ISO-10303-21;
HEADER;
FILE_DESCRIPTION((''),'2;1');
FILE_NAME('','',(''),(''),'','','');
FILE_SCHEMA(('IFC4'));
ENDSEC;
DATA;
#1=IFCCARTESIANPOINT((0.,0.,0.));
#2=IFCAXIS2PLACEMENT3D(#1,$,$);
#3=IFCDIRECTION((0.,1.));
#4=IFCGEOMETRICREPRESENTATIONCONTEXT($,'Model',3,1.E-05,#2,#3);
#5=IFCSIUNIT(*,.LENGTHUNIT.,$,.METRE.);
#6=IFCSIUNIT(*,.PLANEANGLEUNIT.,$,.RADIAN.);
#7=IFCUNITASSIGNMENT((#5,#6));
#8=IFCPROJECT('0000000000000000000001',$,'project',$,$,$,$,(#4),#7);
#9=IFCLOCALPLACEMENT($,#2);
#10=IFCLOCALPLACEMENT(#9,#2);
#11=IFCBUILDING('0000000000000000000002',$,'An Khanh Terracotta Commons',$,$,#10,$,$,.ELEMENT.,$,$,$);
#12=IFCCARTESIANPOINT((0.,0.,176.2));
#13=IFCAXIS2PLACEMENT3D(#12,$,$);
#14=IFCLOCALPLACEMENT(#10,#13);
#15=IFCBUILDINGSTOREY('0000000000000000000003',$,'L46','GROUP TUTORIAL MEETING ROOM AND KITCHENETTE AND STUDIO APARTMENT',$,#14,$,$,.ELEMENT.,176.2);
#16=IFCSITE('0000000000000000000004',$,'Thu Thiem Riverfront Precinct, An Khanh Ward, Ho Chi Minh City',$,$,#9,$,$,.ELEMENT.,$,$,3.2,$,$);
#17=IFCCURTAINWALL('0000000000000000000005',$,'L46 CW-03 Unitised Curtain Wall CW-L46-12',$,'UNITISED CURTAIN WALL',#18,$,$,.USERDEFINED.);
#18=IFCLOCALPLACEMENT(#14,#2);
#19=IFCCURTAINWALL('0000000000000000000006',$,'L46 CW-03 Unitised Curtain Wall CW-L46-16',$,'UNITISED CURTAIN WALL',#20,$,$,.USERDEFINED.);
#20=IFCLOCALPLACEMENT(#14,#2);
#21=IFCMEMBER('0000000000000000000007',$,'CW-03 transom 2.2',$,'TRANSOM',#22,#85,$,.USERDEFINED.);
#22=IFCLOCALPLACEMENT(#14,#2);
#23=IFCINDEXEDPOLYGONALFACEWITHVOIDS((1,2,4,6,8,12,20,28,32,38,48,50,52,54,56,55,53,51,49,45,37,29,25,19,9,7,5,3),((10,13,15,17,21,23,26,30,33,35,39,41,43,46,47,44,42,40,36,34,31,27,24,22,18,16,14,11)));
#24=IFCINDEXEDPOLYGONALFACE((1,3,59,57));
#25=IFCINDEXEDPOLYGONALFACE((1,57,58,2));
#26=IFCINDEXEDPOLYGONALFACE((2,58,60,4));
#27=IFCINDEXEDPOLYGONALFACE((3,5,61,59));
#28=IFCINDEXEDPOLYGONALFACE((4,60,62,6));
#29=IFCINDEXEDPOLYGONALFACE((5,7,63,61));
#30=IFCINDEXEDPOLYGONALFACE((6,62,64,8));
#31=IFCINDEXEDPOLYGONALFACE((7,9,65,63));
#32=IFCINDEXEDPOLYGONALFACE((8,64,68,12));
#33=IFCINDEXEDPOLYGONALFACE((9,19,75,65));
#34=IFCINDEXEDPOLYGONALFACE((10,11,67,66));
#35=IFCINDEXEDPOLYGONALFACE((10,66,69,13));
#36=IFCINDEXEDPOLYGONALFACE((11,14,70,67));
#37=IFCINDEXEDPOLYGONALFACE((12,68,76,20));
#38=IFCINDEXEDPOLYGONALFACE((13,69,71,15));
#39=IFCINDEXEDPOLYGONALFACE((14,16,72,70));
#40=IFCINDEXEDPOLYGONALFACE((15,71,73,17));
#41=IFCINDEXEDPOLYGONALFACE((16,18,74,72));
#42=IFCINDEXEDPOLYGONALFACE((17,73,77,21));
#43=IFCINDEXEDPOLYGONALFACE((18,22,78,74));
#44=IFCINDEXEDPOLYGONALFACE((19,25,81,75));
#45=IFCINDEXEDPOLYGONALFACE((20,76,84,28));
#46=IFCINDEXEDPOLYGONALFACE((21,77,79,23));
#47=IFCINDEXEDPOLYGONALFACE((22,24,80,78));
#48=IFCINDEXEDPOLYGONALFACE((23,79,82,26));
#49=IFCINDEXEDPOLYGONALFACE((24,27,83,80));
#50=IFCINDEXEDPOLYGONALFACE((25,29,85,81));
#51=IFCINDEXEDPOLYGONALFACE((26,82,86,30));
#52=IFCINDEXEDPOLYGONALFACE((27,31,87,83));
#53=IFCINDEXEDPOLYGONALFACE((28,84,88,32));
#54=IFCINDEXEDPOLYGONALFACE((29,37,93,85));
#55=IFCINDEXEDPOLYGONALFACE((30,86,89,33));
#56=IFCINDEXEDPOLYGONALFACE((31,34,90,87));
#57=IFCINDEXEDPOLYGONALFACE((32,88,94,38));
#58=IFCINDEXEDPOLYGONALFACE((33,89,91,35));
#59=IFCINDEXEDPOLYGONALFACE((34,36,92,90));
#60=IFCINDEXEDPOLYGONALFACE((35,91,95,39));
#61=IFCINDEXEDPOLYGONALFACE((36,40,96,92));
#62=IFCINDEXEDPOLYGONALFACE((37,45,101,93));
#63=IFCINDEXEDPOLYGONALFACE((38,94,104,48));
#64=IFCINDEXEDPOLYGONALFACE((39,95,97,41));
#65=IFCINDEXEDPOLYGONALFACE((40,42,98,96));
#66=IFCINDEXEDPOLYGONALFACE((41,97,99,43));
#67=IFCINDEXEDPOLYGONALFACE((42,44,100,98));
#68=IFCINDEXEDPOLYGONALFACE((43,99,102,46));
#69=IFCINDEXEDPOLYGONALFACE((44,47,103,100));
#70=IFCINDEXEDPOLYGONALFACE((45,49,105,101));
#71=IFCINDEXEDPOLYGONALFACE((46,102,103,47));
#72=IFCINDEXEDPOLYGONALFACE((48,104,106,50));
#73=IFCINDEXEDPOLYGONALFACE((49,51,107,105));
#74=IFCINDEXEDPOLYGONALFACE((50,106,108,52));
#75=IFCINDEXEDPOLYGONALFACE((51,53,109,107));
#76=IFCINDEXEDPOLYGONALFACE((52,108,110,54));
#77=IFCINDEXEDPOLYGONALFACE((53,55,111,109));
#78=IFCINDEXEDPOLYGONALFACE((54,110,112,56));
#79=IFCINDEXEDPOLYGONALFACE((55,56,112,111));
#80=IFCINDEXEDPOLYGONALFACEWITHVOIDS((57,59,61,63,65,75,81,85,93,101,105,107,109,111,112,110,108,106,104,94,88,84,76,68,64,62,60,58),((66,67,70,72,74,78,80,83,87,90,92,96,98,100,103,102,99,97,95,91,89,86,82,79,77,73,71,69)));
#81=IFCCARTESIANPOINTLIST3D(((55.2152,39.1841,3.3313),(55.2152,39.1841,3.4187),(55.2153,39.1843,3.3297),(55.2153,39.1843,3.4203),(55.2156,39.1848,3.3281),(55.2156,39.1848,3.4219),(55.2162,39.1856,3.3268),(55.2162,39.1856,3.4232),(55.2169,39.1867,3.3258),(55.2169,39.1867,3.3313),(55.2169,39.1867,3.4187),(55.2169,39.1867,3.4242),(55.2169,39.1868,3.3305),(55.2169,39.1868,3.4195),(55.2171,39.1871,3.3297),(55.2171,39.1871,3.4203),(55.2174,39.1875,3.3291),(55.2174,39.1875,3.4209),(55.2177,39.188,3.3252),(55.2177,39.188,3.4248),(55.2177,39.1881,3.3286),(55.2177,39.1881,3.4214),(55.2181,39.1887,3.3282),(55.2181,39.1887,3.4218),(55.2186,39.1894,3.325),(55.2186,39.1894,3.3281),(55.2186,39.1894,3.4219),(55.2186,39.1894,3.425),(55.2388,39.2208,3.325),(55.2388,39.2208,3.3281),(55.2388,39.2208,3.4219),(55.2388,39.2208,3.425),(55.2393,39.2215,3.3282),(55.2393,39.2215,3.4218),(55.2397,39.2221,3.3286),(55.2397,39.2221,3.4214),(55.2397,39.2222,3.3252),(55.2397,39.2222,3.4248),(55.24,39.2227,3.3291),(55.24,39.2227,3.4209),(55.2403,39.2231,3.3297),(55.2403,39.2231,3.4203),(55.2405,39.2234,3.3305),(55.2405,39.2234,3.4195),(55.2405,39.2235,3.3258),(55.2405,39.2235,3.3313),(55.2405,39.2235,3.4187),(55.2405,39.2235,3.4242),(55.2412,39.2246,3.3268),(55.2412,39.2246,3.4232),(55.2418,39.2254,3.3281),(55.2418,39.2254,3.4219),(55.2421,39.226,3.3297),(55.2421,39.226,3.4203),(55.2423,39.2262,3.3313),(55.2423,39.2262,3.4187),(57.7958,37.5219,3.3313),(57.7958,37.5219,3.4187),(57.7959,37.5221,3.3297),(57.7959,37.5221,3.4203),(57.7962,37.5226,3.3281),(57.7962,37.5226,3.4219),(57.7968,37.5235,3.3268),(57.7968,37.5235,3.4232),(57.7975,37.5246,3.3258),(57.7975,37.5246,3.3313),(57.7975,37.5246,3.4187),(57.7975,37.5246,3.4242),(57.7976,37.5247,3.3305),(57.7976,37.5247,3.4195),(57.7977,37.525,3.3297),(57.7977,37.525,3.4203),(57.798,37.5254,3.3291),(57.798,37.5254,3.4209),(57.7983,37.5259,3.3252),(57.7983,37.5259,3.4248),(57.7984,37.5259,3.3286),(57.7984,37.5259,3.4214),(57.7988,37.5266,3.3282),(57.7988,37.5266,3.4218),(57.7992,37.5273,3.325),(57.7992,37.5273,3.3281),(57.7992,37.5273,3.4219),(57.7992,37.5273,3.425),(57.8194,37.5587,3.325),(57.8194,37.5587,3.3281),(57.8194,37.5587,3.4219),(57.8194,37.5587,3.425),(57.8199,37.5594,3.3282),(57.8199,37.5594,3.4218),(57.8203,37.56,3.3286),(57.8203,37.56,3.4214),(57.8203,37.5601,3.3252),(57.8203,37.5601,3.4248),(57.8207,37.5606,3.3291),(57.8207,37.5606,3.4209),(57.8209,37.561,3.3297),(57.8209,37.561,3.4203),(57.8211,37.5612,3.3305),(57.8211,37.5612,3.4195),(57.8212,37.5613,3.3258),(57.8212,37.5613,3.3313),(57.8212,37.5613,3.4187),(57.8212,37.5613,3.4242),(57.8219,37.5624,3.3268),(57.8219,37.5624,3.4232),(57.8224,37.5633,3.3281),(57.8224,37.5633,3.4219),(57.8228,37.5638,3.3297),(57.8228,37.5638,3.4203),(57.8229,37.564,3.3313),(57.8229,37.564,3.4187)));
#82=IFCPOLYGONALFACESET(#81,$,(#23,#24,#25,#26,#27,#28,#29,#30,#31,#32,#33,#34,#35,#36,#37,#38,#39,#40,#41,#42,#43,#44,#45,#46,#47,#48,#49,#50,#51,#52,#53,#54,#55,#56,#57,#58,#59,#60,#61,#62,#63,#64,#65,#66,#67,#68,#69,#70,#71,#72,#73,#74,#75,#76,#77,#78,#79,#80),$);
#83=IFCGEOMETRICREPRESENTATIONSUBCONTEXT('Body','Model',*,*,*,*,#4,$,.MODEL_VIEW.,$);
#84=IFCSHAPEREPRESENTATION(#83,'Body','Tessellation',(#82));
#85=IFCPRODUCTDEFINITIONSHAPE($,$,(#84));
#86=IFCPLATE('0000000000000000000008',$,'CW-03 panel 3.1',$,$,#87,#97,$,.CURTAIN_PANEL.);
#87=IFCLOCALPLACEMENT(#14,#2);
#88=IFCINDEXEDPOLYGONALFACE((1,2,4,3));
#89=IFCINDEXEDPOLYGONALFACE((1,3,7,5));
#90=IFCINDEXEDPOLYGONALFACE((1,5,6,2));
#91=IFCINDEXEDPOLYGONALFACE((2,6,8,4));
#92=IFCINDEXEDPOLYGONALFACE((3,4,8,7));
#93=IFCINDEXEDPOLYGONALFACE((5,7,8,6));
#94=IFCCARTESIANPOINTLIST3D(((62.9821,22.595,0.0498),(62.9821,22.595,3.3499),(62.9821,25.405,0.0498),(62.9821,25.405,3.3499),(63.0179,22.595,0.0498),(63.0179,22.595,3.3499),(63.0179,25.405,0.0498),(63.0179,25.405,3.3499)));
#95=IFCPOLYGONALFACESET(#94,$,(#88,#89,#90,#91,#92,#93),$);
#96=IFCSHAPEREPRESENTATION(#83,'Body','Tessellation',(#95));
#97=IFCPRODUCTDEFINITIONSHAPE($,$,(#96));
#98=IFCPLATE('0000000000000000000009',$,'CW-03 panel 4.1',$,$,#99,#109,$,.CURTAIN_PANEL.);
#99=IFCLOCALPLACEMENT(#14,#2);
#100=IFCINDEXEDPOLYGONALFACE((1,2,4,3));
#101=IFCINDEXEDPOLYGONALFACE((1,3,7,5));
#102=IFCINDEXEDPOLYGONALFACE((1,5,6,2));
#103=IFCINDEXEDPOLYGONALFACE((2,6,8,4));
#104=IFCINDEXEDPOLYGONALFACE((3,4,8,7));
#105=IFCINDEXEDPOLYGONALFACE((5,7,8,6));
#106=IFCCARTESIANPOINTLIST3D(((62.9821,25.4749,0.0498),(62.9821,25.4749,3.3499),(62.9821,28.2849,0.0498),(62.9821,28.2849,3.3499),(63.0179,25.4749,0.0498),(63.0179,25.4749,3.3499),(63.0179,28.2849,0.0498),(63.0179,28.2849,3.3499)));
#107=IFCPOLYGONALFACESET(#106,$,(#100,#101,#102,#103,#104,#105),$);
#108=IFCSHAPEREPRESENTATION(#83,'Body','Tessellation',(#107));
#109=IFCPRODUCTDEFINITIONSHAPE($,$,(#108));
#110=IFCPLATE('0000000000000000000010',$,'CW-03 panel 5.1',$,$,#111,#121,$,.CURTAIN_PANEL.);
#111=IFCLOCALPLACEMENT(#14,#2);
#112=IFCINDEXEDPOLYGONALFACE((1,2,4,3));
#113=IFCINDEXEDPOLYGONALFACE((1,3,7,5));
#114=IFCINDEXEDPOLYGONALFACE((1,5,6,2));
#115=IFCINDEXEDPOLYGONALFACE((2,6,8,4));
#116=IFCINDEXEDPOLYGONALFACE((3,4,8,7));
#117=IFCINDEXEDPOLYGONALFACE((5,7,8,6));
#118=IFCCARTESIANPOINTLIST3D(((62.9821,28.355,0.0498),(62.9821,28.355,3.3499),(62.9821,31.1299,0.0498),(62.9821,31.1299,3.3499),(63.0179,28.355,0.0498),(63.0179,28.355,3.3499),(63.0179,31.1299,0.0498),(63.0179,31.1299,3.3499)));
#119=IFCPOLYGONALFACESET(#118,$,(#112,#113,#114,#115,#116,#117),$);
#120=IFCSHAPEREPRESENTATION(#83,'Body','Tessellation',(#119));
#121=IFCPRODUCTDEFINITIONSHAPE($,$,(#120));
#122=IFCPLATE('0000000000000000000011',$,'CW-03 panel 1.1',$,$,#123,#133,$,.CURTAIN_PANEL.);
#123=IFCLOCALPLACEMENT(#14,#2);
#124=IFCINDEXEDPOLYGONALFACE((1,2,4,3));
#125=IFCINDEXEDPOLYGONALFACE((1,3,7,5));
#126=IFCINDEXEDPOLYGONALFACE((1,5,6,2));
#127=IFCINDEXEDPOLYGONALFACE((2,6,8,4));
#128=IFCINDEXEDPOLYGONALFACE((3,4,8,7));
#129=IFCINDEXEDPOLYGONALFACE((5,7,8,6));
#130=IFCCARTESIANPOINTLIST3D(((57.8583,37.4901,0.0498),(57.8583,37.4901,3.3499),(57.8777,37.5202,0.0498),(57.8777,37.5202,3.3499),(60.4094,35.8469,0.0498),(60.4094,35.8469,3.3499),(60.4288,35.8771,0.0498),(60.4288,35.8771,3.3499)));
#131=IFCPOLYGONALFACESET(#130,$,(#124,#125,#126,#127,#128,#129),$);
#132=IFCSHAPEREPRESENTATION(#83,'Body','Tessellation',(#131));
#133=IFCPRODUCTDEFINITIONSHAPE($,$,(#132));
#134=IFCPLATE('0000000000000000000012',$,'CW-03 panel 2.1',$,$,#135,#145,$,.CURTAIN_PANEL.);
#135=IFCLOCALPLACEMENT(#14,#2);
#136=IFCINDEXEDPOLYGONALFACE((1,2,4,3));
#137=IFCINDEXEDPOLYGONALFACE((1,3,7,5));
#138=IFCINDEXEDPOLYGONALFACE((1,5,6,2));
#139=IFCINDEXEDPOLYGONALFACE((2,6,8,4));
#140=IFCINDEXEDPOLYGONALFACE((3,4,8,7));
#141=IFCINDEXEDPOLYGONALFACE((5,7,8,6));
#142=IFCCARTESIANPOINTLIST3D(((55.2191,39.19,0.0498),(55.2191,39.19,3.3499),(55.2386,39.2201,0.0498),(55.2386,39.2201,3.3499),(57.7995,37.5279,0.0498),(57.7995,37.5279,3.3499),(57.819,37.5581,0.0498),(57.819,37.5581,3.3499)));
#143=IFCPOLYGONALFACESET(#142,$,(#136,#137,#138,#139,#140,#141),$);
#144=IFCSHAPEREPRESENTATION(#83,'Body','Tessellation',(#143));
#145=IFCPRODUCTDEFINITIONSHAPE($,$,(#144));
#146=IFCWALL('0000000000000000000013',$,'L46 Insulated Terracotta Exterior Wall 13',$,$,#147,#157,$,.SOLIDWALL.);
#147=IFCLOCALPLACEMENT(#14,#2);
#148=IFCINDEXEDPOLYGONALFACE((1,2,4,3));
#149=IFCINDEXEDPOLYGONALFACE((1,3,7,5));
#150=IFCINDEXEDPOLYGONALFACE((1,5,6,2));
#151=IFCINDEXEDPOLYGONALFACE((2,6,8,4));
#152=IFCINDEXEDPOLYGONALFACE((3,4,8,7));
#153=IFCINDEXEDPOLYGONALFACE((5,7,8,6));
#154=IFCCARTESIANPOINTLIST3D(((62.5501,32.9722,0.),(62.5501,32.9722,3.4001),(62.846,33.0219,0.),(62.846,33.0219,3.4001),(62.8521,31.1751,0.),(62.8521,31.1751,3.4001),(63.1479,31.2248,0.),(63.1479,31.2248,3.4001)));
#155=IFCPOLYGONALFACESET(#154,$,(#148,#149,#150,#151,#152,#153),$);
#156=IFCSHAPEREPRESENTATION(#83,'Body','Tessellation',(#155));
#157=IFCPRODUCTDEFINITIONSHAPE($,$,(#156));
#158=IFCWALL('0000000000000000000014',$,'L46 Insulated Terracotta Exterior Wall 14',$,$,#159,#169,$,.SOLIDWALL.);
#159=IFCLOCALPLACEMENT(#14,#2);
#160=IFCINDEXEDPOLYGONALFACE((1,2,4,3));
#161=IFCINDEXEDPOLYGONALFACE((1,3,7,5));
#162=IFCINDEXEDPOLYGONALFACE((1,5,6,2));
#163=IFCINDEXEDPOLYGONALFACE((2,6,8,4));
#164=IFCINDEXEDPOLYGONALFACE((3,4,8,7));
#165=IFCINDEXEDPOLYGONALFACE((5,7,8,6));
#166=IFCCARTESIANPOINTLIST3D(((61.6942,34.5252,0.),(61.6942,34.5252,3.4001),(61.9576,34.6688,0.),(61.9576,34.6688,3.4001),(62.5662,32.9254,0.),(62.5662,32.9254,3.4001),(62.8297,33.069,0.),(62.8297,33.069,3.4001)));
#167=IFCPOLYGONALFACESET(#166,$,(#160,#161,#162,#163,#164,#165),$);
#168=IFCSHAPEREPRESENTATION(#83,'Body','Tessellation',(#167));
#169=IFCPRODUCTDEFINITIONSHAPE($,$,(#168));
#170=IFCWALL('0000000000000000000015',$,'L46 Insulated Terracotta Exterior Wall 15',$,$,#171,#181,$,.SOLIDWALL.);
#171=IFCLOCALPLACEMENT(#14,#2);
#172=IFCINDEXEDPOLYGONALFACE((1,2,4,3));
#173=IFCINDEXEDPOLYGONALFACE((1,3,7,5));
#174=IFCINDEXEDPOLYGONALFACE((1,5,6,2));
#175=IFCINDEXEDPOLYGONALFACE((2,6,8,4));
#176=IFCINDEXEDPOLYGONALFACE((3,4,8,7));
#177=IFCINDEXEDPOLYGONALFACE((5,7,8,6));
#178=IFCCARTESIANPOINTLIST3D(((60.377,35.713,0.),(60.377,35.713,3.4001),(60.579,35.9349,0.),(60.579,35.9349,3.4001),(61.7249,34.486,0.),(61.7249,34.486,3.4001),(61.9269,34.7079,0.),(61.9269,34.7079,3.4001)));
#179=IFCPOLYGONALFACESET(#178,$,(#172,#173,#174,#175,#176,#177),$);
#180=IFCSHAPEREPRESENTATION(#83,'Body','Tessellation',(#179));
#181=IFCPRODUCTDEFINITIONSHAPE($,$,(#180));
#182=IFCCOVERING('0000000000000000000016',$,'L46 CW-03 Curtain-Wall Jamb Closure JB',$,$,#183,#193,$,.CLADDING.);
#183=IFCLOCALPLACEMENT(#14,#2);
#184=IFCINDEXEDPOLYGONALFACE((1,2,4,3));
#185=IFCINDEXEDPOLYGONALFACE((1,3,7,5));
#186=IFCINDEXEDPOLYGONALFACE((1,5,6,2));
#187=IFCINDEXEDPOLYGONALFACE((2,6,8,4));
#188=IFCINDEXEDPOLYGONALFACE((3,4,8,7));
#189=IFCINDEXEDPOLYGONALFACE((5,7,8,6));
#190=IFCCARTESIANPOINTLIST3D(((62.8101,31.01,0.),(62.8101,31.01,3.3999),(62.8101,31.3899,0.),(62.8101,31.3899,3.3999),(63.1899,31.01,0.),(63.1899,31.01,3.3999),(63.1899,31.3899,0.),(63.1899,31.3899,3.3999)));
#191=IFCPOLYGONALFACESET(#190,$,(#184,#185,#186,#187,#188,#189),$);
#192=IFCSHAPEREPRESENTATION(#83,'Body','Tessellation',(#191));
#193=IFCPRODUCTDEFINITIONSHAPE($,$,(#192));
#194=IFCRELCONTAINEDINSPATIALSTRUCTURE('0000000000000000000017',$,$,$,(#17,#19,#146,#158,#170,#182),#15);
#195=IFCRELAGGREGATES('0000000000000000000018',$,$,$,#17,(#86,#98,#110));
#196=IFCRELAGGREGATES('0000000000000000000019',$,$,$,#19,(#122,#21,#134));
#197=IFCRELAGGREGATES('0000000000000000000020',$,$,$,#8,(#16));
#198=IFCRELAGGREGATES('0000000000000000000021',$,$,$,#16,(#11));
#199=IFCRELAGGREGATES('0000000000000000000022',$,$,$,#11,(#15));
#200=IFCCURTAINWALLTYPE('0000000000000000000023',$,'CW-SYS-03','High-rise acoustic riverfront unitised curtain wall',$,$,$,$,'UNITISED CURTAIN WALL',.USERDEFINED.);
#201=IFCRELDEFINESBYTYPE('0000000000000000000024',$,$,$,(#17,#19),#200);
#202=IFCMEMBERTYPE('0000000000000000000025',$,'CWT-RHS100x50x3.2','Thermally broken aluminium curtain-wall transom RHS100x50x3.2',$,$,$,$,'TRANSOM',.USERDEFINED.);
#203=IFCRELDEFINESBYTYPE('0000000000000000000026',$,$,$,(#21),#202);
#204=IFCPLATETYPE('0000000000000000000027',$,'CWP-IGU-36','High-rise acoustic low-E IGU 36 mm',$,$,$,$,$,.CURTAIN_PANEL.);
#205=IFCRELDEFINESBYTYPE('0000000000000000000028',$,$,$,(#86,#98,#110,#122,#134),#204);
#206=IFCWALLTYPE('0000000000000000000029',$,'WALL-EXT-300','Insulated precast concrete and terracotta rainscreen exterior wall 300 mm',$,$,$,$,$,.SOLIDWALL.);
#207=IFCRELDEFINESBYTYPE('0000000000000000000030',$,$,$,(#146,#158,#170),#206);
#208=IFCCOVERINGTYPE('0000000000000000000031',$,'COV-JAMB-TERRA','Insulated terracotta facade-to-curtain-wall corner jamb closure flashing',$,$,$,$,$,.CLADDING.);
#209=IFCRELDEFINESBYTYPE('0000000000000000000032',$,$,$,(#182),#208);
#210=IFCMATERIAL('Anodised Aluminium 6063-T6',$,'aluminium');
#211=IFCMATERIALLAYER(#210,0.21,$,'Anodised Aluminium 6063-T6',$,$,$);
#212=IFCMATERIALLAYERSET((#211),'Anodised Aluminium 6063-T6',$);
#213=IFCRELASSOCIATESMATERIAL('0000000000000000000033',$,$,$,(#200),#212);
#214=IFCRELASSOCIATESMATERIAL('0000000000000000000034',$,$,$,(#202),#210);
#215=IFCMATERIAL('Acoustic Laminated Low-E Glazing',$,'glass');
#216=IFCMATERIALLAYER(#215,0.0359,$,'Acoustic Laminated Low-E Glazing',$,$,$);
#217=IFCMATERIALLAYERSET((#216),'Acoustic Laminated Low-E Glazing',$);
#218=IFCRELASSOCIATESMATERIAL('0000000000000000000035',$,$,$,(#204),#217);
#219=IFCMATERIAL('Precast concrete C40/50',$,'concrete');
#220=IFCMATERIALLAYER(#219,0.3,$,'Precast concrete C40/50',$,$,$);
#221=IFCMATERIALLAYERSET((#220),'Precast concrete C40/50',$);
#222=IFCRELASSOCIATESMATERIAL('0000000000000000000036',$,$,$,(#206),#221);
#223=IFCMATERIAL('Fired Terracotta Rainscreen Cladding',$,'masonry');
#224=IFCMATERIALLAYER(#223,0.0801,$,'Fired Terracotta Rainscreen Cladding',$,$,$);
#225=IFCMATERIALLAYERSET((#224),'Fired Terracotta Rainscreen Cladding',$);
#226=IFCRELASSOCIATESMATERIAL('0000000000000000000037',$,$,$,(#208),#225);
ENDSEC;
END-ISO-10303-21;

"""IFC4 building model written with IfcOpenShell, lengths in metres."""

from ifc_helpers import new_model, si_unit, direction, frame, frame_2d, origin, origin_2d, place, context, subcontext, project, spatial, rectangle, hollow_rectangle, extrude, material, layer, layer_set, material_profile, profile_set, type_object, element, aggregate, save


model = new_model("IFC4")

# Units and contexts
model_context = context("Model", 3, precision=1e-05, world=origin(), true_north=direction((0.0, 1.0)))
body_context = subcontext(model_context, "Body", "Model", "MODEL_VIEW")
ifc_project = project(units=[si_unit("LENGTHUNIT", "METRE"), si_unit("PLANEANGLEUNIT", "RADIAN")], contexts=[model_context])

# Site, building, storey
site_placement = place(None, origin())
site = spatial("IfcSite", under=ifc_project, at=site_placement, Name="Thu Thiem Riverfront Precinct, An Khanh Ward, Ho Chi Minh City", CompositionType="ELEMENT", RefElevation=3.2)
building_placement = place(site_placement, origin())
building = spatial("IfcBuilding", under=site, at=building_placement, Name="An Khanh Terracotta Commons", CompositionType="ELEMENT")
storey_placement = place(building_placement, frame((0.0, 0.0, 176.2)))
storey = spatial("IfcBuildingStorey", under=building, at=storey_placement, Name="L46", Description="GROUP TUTORIAL MEETING ROOM AND KITCHENETTE AND STUDIO APARTMENT", CompositionType="ELEMENT", Elevation=176.2)

# Curtain walls
ifc_material_1 = material(Name="Anodised Aluminium 6063-T6", Category="aluminium")
ifc_layer_1 = layer(ifc_material_1, 0.21, Name="Anodised Aluminium 6063-T6")
ifc_layer_set_1 = layer_set([ifc_layer_1], Name="Anodised Aluminium 6063-T6")
curtain_wall_type = type_object("IfcCurtainWallType", Name="CW-SYS-03", Description="High-rise acoustic riverfront unitised curtain wall", ElementType="UNITISED CURTAIN WALL", PredefinedType="USERDEFINED", material=ifc_layer_set_1)
curtain_wall_1_placement = place(storey_placement, origin())
curtain_wall_1 = element("IfcCurtainWall", 1, at=curtain_wall_1_placement, inside=storey, type_object=curtain_wall_type, Name="L46 CW-03 Unitised Curtain Wall CW-L46-12", ObjectType="UNITISED CURTAIN WALL", PredefinedType="USERDEFINED")
curtain_wall_2_placement = place(storey_placement, origin())
curtain_wall_2 = element("IfcCurtainWall", 2, at=curtain_wall_2_placement, inside=storey, type_object=curtain_wall_type, Name="L46 CW-03 Unitised Curtain Wall CW-L46-16", ObjectType="UNITISED CURTAIN WALL", PredefinedType="USERDEFINED")

# Member
ifc_material_profile_1 = material_profile(ifc_material_1, hollow_rectangle(XDim=0.05, YDim=0.1001, WallThickness=0.0032, InnerFilletRadius=0.0032, OuterFilletRadius=0.0063, at=origin_2d()), Name="RHS100x50x3.2")
ifc_profile_set_1 = profile_set([ifc_material_profile_1], Name="Anodised Aluminium 6063-T6")
member_type_1 = type_object("IfcMemberType", Name="CWT-RHS100x50x3.2", Description="Thermally broken aluminium curtain-wall transom RHS100x50x3.2", ElementType="TRANSOM", PredefinedType="USERDEFINED", material=ifc_profile_set_1)
member_1_placement = place(storey_placement, frame((57.8093, 37.543, 3.375), z_axis=(-0.840708, 0.541489, 0.0), x_axis=(-0.541489, -0.840708, 0.0)))
member_1 = element("IfcMember", 3, at=member_1_placement, type_object=member_type_1, Name="CW-03 transom 2.2", ObjectType="TRANSOM", PredefinedType="USERDEFINED", context=body_context, shape_type="SweptSolid", body=[
    extrude(hollow_rectangle(XDim=0.05, YDim=0.1001, WallThickness=0.0032, InnerFilletRadius=0.0032, OuterFilletRadius=0.0063, at=origin_2d()), origin(), (0.0, 0.0, 1.0), 3.0696),
])

# Plates
ifc_material_2 = material(Name="Acoustic Laminated Low-E Glazing", Category="glass")
ifc_layer_2 = layer(ifc_material_2, 0.0359, Name="Acoustic Laminated Low-E Glazing")
ifc_layer_set_2 = layer_set([ifc_layer_2], Name="Acoustic Laminated Low-E Glazing")
plate_type = type_object("IfcPlateType", Name="CWP-IGU-36", Description="High-rise acoustic low-E IGU 36 mm", PredefinedType="CURTAIN_PANEL", material=ifc_layer_set_2)
plate_1_placement = place(storey_placement, frame((63.0, 24.0, 0.0498), z_axis=(0.0, 0.0, 1.0), x_axis=(0.0, 1.0, 0.0)))
plate_1 = element("IfcPlate", 4, at=plate_1_placement, type_object=plate_type, Name="CW-03 panel 3.1", PredefinedType="CURTAIN_PANEL", context=body_context, shape_type="SweptSolid", body=[
    extrude(rectangle(XDim=2.8101, YDim=0.0359, at=origin_2d()), origin(), (0.0, 0.0, 1.0), 3.3),
])
plate_2_placement = place(storey_placement, frame((63.0, 26.8799, 0.0498), z_axis=(0.0, 0.0, 1.0), x_axis=(0.0, 1.0, 0.0)))
plate_2 = element("IfcPlate", 5, at=plate_2_placement, type_object=plate_type, Name="CW-03 panel 4.1", PredefinedType="CURTAIN_PANEL", context=body_context, shape_type="SweptSolid", body=[
    extrude(rectangle(XDim=2.8101, YDim=0.0359, at=origin_2d()), origin(), (0.0, 0.0, 1.0), 3.3),
])
plate_3_placement = place(storey_placement, frame((63.0, 29.7424, 0.0498), z_axis=(0.0, 0.0, 1.0), x_axis=(0.0, 1.0, 0.0)))
plate_3 = element("IfcPlate", 6, at=plate_3_placement, type_object=plate_type, Name="CW-03 panel 5.1", PredefinedType="CURTAIN_PANEL", context=body_context, shape_type="SweptSolid", body=[
    extrude(rectangle(XDim=2.7749, YDim=0.0359, at=origin_2d()), origin(), (0.0, 0.0, 1.0), 3.3),
])
aggregate(curtain_wall_1, [plate_1, plate_2, plate_3])
plate_4_placement = place(storey_placement, frame((59.1436, 36.6836, 0.0498), z_axis=(0.0, 0.0, 1.0), x_axis=(-0.840702, 0.541498, 0.0)))
plate_4 = element("IfcPlate", 7, at=plate_4_placement, type_object=plate_type, Name="CW-03 panel 1.1", PredefinedType="CURTAIN_PANEL", context=body_context, shape_type="SweptSolid", body=[
    extrude(rectangle(XDim=3.0344, YDim=0.0359, at=origin_2d()), origin(), (0.0, 0.0, 1.0), 3.3),
])
plate_5_placement = place(storey_placement, frame((56.519, 38.374, 0.0498), z_axis=(0.0, 0.0, 1.0), x_axis=(-0.840702, 0.541498, 0.0)))
plate_5 = element("IfcPlate", 8, at=plate_5_placement, type_object=plate_type, Name="CW-03 panel 2.1", PredefinedType="CURTAIN_PANEL", context=body_context, shape_type="SweptSolid", body=[
    extrude(rectangle(XDim=3.0693, YDim=0.0359, at=origin_2d()), origin(), (0.0, 0.0, 1.0), 3.3),
])
aggregate(curtain_wall_2, [plate_4, member_1, plate_5])

# Walls
ifc_material_3 = material(Name="Precast concrete C40/50", Category="concrete")
ifc_layer_3 = layer(ifc_material_3, 0.3, Name="Precast concrete C40/50")
ifc_layer_set_3 = layer_set([ifc_layer_3], Name="Precast concrete C40/50")
wall_type = type_object("IfcWallType", Name="WALL-EXT-300", Description="Insulated precast concrete and terracotta rainscreen exterior wall 300 mm", PredefinedType="SOLIDWALL", material=ifc_layer_set_3)
wall_1_placement = place(storey_placement, frame((63.0, 31.2, 0.0), z_axis=(0.0, 0.0, 1.0), x_axis=(-0.165724, 0.986172, 0.0)))
element("IfcWall", 9, at=wall_1_placement, inside=storey, type_object=wall_type, Name="L46 Insulated Terracotta Exterior Wall 13", PredefinedType="SOLIDWALL", context=body_context, shape_type="SweptSolid", body=[
    extrude(rectangle(XDim=1.8223, YDim=0.3, at=frame_2d((0.9111, 0.0))), origin(), (0.0, 0.0, 1.0), 3.4001),
])
wall_2_placement = place(storey_placement, frame((62.698, 32.9971, 0.0), z_axis=(0.0, 0.0, 1.0), x_axis=(-0.478608, 0.878029, 0.0)))
element("IfcWall", 10, at=wall_2_placement, inside=storey, type_object=wall_type, Name="L46 Insulated Terracotta Exterior Wall 14", PredefinedType="SOLIDWALL", context=body_context, shape_type="SweptSolid", body=[
    extrude(rectangle(XDim=1.822, YDim=0.3, at=frame_2d((0.9111, 0.0))), origin(), (0.0, 0.0, 1.0), 3.4001),
])
wall_3_placement = place(storey_placement, frame((61.8259, 34.5969, 0.0), z_axis=(0.0, 0.0, 1.0), x_axis=(-0.739479, 0.673179, 0.0)))
element("IfcWall", 11, at=wall_3_placement, inside=storey, type_object=wall_type, Name="L46 Insulated Terracotta Exterior Wall 15", PredefinedType="SOLIDWALL", context=body_context, shape_type="SweptSolid", body=[
    extrude(rectangle(XDim=1.8228, YDim=0.3, at=frame_2d((0.9114, 0.0))), origin(), (0.0, 0.0, 1.0), 3.4001),
])

# Covering
ifc_material_4 = material(Name="Fired Terracotta Rainscreen Cladding", Category="masonry")
ifc_layer_4 = layer(ifc_material_4, 0.0801, Name="Fired Terracotta Rainscreen Cladding")
ifc_layer_set_4 = layer_set([ifc_layer_4], Name="Fired Terracotta Rainscreen Cladding")
covering_type = type_object("IfcCoveringType", Name="COV-JAMB-TERRA", Description="Insulated terracotta facade-to-curtain-wall corner jamb closure flashing", PredefinedType="CLADDING", material=ifc_layer_set_4)
for number, where, z_axis, x_axis, name in (
    (12, (63.0, 31.2, 0.0), (0.0, 0.0, 1.0), (1.0, 0.0, 0.0), "L46 CW-03 Curtain-Wall Jamb Closure JB"),
):
    element("IfcCovering", number, at=place(storey_placement, frame(where, z_axis=z_axis, x_axis=x_axis)), inside=storey, type_object=covering_type, Name=name, PredefinedType="CLADDING", context=body_context, shape_type="SweptSolid", body=[
        extrude(rectangle(XDim=0.3799, YDim=0.3799, at=origin_2d()), origin(), (0.0, 0.0, 1.0), 3.3999),
    ])

save(model, "model.ifc")
